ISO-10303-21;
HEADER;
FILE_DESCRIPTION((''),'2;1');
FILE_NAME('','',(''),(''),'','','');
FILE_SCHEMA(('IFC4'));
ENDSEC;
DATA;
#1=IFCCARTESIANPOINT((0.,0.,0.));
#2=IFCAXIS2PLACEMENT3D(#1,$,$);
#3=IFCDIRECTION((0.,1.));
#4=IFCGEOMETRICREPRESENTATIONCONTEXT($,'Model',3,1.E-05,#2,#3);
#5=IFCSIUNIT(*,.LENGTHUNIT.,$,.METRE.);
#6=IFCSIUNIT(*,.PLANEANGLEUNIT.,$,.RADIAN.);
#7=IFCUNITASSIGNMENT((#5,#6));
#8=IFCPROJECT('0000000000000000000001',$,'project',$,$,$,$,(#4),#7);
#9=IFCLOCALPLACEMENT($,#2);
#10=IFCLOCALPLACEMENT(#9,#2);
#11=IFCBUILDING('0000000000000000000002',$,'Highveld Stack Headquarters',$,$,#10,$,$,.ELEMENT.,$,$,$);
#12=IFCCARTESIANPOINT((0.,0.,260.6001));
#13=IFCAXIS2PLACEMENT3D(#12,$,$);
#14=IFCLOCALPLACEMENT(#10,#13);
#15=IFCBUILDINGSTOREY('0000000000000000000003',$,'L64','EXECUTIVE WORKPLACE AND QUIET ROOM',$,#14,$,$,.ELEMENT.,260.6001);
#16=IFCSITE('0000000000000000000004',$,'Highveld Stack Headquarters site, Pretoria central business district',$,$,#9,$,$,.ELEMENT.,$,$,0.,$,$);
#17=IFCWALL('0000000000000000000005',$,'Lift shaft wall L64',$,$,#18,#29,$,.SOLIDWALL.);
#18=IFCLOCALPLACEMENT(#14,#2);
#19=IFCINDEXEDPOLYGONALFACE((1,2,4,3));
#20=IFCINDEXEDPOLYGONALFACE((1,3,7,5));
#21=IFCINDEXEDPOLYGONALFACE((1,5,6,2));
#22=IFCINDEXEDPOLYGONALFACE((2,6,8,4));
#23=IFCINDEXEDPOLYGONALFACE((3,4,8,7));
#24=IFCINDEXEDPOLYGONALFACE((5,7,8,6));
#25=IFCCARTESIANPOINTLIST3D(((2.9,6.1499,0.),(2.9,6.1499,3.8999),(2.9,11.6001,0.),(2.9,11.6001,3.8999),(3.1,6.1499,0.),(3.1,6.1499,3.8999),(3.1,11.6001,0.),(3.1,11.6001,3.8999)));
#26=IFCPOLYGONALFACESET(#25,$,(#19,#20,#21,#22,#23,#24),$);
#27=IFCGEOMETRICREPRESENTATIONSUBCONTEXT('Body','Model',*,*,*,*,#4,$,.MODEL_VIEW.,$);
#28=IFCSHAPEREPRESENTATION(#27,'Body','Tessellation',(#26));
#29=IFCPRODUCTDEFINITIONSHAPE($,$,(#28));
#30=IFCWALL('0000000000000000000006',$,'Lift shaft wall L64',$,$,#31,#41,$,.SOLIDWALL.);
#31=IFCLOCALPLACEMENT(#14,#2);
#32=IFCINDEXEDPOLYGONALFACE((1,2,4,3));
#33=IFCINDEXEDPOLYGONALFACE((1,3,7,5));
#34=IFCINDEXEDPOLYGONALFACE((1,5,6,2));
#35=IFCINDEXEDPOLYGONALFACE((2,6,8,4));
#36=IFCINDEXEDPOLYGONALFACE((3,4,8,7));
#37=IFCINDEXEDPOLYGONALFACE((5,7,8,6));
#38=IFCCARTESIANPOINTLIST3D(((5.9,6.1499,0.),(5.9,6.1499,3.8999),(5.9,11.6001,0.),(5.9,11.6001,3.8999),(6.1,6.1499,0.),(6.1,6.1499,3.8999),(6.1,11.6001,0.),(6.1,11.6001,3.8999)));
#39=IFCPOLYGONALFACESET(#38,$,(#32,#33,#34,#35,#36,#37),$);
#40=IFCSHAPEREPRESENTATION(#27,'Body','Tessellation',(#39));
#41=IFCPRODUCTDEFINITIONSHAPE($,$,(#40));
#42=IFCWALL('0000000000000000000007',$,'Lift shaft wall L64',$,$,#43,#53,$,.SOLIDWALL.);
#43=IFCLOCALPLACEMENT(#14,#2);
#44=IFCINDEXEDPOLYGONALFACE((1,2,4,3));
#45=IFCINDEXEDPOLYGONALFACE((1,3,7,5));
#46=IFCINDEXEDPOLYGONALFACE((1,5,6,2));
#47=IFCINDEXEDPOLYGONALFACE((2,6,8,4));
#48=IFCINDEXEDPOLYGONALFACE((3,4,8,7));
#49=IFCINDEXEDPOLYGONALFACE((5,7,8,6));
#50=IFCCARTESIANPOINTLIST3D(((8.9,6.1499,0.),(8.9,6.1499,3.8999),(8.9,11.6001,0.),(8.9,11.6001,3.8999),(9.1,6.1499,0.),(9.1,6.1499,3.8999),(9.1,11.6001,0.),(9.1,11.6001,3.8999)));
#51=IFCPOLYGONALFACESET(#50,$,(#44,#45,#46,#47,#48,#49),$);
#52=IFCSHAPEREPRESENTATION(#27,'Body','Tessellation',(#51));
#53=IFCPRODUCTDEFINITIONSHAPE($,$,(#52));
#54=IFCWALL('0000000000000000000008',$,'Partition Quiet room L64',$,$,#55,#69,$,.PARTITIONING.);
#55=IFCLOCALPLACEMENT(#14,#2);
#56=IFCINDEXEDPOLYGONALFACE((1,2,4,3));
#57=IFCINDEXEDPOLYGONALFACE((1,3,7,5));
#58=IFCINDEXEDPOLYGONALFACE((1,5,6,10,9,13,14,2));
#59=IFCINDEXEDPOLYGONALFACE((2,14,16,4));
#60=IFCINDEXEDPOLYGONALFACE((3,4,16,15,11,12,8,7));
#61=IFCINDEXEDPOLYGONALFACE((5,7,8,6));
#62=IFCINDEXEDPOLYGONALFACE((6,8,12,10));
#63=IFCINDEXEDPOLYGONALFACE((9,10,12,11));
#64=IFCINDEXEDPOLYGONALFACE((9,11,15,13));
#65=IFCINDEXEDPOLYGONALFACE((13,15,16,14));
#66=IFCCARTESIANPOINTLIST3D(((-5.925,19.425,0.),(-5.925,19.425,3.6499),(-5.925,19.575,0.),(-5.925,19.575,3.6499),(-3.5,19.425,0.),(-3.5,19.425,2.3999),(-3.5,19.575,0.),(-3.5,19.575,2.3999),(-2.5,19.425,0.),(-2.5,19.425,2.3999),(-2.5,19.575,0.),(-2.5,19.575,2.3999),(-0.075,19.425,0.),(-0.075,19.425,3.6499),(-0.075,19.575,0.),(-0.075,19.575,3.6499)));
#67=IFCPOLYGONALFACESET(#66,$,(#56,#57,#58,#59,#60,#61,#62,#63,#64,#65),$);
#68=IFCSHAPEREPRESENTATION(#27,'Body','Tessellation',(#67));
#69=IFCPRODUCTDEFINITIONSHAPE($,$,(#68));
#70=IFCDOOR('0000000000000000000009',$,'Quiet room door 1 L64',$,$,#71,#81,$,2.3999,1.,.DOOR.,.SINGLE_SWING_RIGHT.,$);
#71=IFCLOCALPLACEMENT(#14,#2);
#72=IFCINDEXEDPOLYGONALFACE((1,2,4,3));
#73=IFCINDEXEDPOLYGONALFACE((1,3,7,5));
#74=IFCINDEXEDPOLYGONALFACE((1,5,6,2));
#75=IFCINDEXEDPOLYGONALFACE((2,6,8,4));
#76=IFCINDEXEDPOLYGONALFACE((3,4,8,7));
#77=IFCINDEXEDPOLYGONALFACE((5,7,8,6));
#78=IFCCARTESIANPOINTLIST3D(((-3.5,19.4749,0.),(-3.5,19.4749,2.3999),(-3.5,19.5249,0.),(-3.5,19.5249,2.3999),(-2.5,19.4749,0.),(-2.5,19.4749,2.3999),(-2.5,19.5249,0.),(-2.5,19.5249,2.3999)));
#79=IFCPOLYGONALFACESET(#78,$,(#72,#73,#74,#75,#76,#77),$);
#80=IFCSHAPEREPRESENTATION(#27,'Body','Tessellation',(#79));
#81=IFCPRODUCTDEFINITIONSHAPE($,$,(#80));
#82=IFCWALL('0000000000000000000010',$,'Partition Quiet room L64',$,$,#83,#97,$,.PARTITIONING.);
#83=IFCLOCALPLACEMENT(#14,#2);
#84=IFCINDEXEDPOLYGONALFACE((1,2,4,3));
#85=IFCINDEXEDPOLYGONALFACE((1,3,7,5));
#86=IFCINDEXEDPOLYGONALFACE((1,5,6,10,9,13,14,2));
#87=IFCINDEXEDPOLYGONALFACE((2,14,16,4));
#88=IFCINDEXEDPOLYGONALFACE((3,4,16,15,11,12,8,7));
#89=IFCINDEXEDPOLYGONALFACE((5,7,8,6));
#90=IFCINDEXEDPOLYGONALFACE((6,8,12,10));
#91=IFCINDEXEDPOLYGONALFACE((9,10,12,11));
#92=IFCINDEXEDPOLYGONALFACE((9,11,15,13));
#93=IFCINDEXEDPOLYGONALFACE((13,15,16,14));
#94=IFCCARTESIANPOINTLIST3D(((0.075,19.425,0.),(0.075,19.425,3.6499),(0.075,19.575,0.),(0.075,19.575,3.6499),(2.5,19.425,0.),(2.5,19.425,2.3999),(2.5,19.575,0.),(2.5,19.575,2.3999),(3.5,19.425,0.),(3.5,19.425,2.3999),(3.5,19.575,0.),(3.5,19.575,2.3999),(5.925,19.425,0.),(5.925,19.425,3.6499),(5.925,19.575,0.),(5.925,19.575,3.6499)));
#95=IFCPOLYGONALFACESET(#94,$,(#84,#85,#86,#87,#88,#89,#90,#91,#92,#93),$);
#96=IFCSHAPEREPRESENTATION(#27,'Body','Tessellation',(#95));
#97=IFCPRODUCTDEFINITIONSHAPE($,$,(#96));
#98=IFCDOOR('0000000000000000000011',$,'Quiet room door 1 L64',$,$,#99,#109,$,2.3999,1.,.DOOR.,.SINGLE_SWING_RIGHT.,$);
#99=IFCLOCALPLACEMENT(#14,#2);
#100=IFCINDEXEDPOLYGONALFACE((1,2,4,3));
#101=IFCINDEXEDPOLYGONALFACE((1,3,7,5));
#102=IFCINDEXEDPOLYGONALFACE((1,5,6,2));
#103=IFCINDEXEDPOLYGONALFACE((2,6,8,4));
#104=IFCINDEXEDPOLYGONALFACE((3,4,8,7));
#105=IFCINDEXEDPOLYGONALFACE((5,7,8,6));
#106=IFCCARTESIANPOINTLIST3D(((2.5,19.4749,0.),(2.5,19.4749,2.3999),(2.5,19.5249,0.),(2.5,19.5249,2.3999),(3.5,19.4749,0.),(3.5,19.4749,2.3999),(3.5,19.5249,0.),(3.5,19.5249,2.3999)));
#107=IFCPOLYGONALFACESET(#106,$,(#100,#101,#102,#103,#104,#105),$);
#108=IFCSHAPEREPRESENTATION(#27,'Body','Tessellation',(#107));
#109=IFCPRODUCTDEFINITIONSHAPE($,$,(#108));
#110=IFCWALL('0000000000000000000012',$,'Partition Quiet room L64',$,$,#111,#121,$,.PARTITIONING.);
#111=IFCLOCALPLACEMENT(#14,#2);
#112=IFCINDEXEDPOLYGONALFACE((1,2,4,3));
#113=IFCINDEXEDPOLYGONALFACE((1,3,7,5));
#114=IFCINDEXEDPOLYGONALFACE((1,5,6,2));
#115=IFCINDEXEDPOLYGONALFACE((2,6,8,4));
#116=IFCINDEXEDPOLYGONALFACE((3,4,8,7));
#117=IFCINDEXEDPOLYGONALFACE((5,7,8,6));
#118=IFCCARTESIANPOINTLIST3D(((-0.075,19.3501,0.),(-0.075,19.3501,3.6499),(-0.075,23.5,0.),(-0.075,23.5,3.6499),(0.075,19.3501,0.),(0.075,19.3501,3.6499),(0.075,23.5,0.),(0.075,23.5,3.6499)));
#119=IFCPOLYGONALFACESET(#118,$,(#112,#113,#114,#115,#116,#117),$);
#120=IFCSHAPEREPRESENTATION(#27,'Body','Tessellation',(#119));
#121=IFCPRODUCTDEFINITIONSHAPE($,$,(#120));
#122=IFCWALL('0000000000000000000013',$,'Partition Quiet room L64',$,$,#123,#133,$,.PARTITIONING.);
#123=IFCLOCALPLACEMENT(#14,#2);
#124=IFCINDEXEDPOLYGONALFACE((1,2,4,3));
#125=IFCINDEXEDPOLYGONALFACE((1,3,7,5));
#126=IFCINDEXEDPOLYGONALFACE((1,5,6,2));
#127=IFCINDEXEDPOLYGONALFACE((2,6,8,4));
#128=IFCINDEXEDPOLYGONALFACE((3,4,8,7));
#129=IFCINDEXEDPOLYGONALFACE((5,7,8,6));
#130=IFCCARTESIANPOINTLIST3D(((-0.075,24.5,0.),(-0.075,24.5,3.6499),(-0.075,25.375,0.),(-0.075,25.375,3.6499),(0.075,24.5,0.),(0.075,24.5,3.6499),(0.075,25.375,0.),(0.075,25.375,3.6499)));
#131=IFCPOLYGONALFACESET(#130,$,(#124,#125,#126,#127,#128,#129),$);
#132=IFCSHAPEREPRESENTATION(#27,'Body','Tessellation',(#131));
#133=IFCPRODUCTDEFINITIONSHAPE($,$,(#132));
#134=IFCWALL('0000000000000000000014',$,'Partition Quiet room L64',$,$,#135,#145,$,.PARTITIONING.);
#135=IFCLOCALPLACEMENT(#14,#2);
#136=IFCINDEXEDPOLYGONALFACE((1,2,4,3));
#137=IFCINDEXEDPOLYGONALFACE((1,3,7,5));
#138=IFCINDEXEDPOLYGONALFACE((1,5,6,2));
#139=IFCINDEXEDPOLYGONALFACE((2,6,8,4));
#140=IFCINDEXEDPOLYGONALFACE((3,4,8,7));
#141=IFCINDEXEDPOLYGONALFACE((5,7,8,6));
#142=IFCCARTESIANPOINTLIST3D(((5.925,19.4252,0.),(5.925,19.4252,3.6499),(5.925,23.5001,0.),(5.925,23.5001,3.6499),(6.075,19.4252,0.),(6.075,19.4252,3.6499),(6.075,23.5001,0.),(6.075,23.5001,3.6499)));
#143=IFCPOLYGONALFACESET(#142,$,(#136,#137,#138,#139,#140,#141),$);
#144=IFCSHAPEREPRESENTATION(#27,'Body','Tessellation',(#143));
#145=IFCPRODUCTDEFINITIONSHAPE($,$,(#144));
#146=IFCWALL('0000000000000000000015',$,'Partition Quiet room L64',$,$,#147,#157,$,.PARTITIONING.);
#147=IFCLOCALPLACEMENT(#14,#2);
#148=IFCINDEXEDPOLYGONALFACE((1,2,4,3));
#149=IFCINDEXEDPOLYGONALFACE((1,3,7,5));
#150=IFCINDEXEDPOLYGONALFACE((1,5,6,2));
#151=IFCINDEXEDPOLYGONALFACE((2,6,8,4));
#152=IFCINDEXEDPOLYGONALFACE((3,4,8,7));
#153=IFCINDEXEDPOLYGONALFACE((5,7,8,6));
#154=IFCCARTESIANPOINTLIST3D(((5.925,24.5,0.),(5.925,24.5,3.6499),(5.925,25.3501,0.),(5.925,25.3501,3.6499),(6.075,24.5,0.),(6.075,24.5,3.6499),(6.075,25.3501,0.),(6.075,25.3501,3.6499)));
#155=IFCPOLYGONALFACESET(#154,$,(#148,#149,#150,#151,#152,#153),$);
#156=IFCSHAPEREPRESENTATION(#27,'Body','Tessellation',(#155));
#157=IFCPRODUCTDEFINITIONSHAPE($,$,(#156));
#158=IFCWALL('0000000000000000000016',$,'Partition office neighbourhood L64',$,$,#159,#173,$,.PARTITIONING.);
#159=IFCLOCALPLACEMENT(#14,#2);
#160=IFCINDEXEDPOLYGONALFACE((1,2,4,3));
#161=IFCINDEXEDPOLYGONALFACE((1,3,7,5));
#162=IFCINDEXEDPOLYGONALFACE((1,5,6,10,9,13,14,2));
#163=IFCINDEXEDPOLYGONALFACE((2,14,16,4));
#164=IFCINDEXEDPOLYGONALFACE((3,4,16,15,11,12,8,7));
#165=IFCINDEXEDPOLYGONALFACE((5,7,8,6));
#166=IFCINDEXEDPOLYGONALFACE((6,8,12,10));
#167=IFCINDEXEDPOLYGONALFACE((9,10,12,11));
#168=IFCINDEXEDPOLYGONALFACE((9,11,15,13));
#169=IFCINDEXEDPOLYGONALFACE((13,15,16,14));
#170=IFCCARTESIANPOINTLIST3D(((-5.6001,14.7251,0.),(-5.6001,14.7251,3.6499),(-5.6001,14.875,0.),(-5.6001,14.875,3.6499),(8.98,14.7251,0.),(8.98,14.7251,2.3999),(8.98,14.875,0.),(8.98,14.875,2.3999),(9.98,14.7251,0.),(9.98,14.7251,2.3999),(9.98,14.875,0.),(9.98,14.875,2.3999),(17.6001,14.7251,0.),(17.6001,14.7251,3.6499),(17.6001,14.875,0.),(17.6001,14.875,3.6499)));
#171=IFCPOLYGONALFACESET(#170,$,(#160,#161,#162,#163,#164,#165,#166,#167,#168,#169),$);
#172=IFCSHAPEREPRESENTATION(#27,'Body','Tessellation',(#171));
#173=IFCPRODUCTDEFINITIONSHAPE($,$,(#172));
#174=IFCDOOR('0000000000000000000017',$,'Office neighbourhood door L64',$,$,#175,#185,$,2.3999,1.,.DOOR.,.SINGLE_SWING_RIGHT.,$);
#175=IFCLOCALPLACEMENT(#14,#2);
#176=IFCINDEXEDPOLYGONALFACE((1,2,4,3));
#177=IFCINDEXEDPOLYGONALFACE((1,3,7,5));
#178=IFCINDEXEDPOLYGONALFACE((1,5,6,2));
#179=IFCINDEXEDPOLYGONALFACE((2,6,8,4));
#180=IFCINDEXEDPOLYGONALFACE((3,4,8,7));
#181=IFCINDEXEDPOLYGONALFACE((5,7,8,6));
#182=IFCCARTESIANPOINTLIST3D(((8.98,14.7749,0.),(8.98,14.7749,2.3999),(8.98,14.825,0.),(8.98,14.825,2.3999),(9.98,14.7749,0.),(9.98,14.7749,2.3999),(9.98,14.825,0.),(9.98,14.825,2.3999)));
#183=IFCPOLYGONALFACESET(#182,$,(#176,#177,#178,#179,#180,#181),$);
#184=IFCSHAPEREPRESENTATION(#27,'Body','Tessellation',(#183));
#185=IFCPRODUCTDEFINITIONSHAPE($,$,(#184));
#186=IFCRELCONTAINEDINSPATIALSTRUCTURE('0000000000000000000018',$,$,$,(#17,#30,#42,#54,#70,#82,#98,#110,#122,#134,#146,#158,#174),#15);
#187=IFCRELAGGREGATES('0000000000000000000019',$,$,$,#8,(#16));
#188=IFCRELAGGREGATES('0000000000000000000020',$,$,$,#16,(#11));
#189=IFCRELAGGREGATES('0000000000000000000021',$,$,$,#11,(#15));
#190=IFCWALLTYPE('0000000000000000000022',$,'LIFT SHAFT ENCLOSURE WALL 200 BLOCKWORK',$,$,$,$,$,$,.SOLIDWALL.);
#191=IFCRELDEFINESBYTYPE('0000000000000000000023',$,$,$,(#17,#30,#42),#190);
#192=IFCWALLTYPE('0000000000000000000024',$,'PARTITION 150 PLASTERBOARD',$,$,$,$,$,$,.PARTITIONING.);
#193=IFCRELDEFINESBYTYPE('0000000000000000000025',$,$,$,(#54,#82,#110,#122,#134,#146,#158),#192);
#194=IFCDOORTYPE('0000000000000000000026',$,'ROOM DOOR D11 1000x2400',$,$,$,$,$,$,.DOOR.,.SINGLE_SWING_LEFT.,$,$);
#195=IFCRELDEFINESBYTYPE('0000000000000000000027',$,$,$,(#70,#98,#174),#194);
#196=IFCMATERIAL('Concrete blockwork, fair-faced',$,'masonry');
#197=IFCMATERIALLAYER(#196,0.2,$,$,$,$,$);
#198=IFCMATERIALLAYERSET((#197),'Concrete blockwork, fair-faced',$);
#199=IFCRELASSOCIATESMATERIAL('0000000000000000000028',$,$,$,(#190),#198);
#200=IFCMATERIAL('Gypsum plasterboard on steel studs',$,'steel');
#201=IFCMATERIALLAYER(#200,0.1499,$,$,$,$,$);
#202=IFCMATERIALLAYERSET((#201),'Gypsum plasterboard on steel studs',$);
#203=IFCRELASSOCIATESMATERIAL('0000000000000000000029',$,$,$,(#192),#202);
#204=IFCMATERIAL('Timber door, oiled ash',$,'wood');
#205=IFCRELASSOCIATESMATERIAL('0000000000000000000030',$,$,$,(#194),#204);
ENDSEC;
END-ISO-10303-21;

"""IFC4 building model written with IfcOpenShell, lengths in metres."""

from ifc_helpers import new_model, si_unit, direction, frame, frame_2d, origin, place, context, subcontext, project, spatial, rectangle, extrude, material, layer, layer_set, type_object, element, fill, save


model = new_model("IFC4")

# Units and contexts
model_context = context("Model", 3, precision=1e-05, world=origin(), true_north=direction((0.0, 1.0)))
body_context = subcontext(model_context, "Body", "Model", "MODEL_VIEW")
ifc_project = project(units=[si_unit("LENGTHUNIT", "METRE"), si_unit("PLANEANGLEUNIT", "RADIAN")], contexts=[model_context])

# Site, building, storey
site_placement = place(None, origin())
site = spatial("IfcSite", under=ifc_project, at=site_placement, Name="Highveld Stack Headquarters site, Pretoria central business district", CompositionType="ELEMENT", RefElevation=0.0)
building_placement = place(site_placement, origin())
building = spatial("IfcBuilding", under=site, at=building_placement, Name="Highveld Stack Headquarters", CompositionType="ELEMENT")
storey_placement = place(building_placement, frame((0.0, 0.0, 260.6001)))
storey = spatial("IfcBuildingStorey", under=building, at=storey_placement, Name="L64", Description="EXECUTIVE WORKPLACE AND QUIET ROOM", CompositionType="ELEMENT", Elevation=260.6001)

# Walls
ifc_material_1 = material(Name="Concrete blockwork, fair-faced", Category="masonry")
ifc_layer_1 = layer(ifc_material_1, 0.2)
ifc_layer_set_1 = layer_set([ifc_layer_1], Name="Concrete blockwork, fair-faced")
wall_type_1 = type_object("IfcWallType", Name="LIFT SHAFT ENCLOSURE WALL 200 BLOCKWORK", PredefinedType="SOLIDWALL", material=ifc_layer_set_1)
for number, where, z_axis, x_axis, name in (
    (1, (3.0, 6.1499, 0.0), (0.0, 0.0, 1.0), (0.0, 1.0, 0.0), "Lift shaft wall L64"),
    (2, (6.0, 6.1499, 0.0), (0.0, 0.0, 1.0), (0.0, 1.0, 0.0), "Lift shaft wall L64"),
    (3, (9.0, 6.1499, 0.0), (0.0, 0.0, 1.0), (0.0, 1.0, 0.0), "Lift shaft wall L64"),
):
    element("IfcWall", number, at=place(storey_placement, frame(where, z_axis=z_axis, x_axis=x_axis)), inside=storey, type_object=wall_type_1, Name=name, PredefinedType="SOLIDWALL", context=body_context, shape_type="SweptSolid", body=[
        extrude(rectangle(XDim=5.4502, YDim=0.2, at=frame_2d((2.7251, 0.0))), origin(), (0.0, 0.0, 1.0), 3.8999),
    ])

# Walls, openings, doors
ifc_material_2 = material(Name="Gypsum plasterboard on steel studs", Category="steel")
ifc_layer_2 = layer(ifc_material_2, 0.1499)
ifc_layer_set_2 = layer_set([ifc_layer_2], Name="Gypsum plasterboard on steel studs")
wall_type_2 = type_object("IfcWallType", Name="PARTITION 150 PLASTERBOARD", PredefinedType="PARTITIONING", material=ifc_layer_set_2)
wall_1_placement = place(storey_placement, frame((-5.925, 19.5, 0.0), z_axis=(0.0, 0.0, 1.0), x_axis=(1.0, 0.0, 0.0)))
wall_1 = element("IfcWall", 4, at=wall_1_placement, inside=storey, type_object=wall_type_2, Name="Partition Quiet room L64", PredefinedType="PARTITIONING", context=body_context, shape_type="SweptSolid", body=[
    extrude(rectangle(XDim=5.8501, YDim=0.1499, at=frame_2d((2.925, 0.0))), origin(), (0.0, 0.0, 1.0), 3.6499),
])
opening_1_placement = place(wall_1_placement, frame((2.425, 0.0, 0.0)))
opening_1 = element("IfcOpeningElement", 5, at=opening_1_placement, cuts=wall_1, PredefinedType="OPENING", context=body_context, shape_type="SweptSolid", body=[
    extrude(rectangle(XDim=1.0, YDim=2.3999, at=frame_2d((0.5, 1.2))), frame((0.0, 0.085, 0.0), z_axis=(0.0, -1.0, 0.0), x_axis=(1.0, 0.0, 0.0)), (0.0, 0.0, 1.0), 0.1699),
])
ifc_material_3 = material(Name="Timber door, oiled ash", Category="wood")
door_type_1 = type_object("IfcDoorType", Name="ROOM DOOR D11 1000x2400", OperationType="SINGLE_SWING_LEFT", PredefinedType="DOOR", material=ifc_material_3)
door_1_placement = place(opening_1_placement, origin())
door_1 = element("IfcDoor", 6, at=door_1_placement, inside=storey, type_object=door_type_1, Name="Quiet room door 1 L64", OperationType="SINGLE_SWING_RIGHT", OverallHeight=2.3999, OverallWidth=1.0, PredefinedType="DOOR", context=body_context, shape_type="SweptSolid", body=[
    extrude(rectangle(XDim=1.0, YDim=2.3999, at=frame_2d((0.5, 1.2))), frame((0.0, 0.0249, 0.0), z_axis=(0.0, -1.0, 0.0), x_axis=(1.0, 0.0, 0.0)), (0.0, 0.0, 1.0), 0.05),
])
fill(opening_1, door_1)
wall_2_placement = place(storey_placement, frame((0.075, 19.5, 0.0), z_axis=(0.0, 0.0, 1.0), x_axis=(1.0, 0.0, 0.0)))
wall_2 = element("IfcWall", 7, at=wall_2_placement, inside=storey, type_object=wall_type_2, Name="Partition Quiet room L64", PredefinedType="PARTITIONING", context=body_context, shape_type="SweptSolid", body=[
    extrude(rectangle(XDim=5.8501, YDim=0.1499, at=frame_2d((2.925, 0.0))), origin(), (0.0, 0.0, 1.0), 3.6499),
])
opening_2_placement = place(wall_2_placement, frame((2.425, 0.0, 0.0)))
opening_2 = element("IfcOpeningElement", 8, at=opening_2_placement, cuts=wall_2, PredefinedType="OPENING", context=body_context, shape_type="SweptSolid", body=[
    extrude(rectangle(XDim=1.0, YDim=2.3999, at=frame_2d((0.5, 1.2))), frame((0.0, 0.085, 0.0), z_axis=(0.0, -1.0, 0.0), x_axis=(1.0, 0.0, 0.0)), (0.0, 0.0, 1.0), 0.1699),
])
door_2_placement = place(opening_2_placement, origin())
door_2 = element("IfcDoor", 9, at=door_2_placement, inside=storey, type_object=door_type_1, Name="Quiet room door 1 L64", OperationType="SINGLE_SWING_RIGHT", OverallHeight=2.3999, OverallWidth=1.0, PredefinedType="DOOR", context=body_context, shape_type="SweptSolid", body=[
    extrude(rectangle(XDim=1.0, YDim=2.3999, at=frame_2d((0.5, 1.2))), frame((0.0, 0.0249, 0.0), z_axis=(0.0, -1.0, 0.0), x_axis=(1.0, 0.0, 0.0)), (0.0, 0.0, 1.0), 0.05),
])
fill(opening_2, door_2)

# Walls
wall_3_placement = place(storey_placement, frame((0.0, 19.3501, 0.0), z_axis=(0.0, 0.0, 1.0), x_axis=(0.0, 1.0, 0.0)))
element("IfcWall", 10, at=wall_3_placement, inside=storey, type_object=wall_type_2, Name="Partition Quiet room L64", PredefinedType="PARTITIONING", context=body_context, shape_type="SweptSolid", body=[
    extrude(rectangle(XDim=4.1499, YDim=0.1499, at=frame_2d((2.075, 0.0))), origin(), (0.0, 0.0, 1.0), 3.6499),
])
wall_4_placement = place(storey_placement, frame((0.0, 24.5, 0.0), z_axis=(0.0, 0.0, 1.0), x_axis=(0.0, 1.0, 0.0)))
element("IfcWall", 11, at=wall_4_placement, inside=storey, type_object=wall_type_2, Name="Partition Quiet room L64", PredefinedType="PARTITIONING", context=body_context, shape_type="SweptSolid", body=[
    extrude(rectangle(XDim=0.875, YDim=0.1499, at=frame_2d((0.4375, 0.0))), origin(), (0.0, 0.0, 1.0), 3.6499),
])
wall_5_placement = place(storey_placement, frame((6.0, 19.425, 0.0), z_axis=(0.0, 0.0, 1.0), x_axis=(0.0, 1.0, 0.0)))
element("IfcWall", 12, at=wall_5_placement, inside=storey, type_object=wall_type_2, Name="Partition Quiet room L64", PredefinedType="PARTITIONING", context=body_context, shape_type="SweptSolid", body=[
    extrude(rectangle(XDim=4.075, YDim=0.1499, at=frame_2d((2.0376, 0.0))), origin(), (0.0, 0.0, 1.0), 3.6499),
])
wall_6_placement = place(storey_placement, frame((6.0, 24.5, 0.0), z_axis=(0.0, 0.0, 1.0), x_axis=(0.0, 1.0, 0.0)))
element("IfcWall", 13, at=wall_6_placement, inside=storey, type_object=wall_type_2, Name="Partition Quiet room L64", PredefinedType="PARTITIONING", context=body_context, shape_type="SweptSolid", body=[
    extrude(rectangle(XDim=0.8501, YDim=0.1499, at=frame_2d((0.425, 0.0))), origin(), (0.0, 0.0, 1.0), 3.6499),
])

# Wall, opening, door
wall_7_placement = place(storey_placement, frame((-5.6001, 14.8, 0.0), z_axis=(0.0, 0.0, 1.0), x_axis=(1.0, 0.0, 0.0)))
wall_7 = element("IfcWall", 14, at=wall_7_placement, inside=storey, type_object=wall_type_2, Name="Partition office neighbourhood L64", PredefinedType="PARTITIONING", context=body_context, shape_type="SweptSolid", body=[
    extrude(rectangle(XDim=23.2002, YDim=0.1499, at=frame_2d((11.6001, 0.0))), origin(), (0.0, 0.0, 1.0), 3.6499),
])
opening_3_placement = place(wall_7_placement, frame((14.5801, 0.0, 0.0)))
opening_3 = element("IfcOpeningElement", 15, at=opening_3_placement, cuts=wall_7, PredefinedType="OPENING", context=body_context, shape_type="SweptSolid", body=[
    extrude(rectangle(XDim=1.0, YDim=2.3999, at=frame_2d((0.5, 1.2))), frame((0.0, 0.085, 0.0), z_axis=(0.0, -1.0, 0.0), x_axis=(1.0, 0.0, 0.0)), (0.0, 0.0, 1.0), 0.1699),
])
door_3_placement = place(opening_3_placement, origin())
door_3 = element("IfcDoor", 16, at=door_3_placement, inside=storey, type_object=door_type_1, Name="Office neighbourhood door L64", OperationType="SINGLE_SWING_RIGHT", OverallHeight=2.3999, OverallWidth=1.0, PredefinedType="DOOR", context=body_context, shape_type="SweptSolid", body=[
    extrude(rectangle(XDim=1.0, YDim=2.3999, at=frame_2d((0.5, 1.2))), frame((0.0, 0.0249, 0.0), z_axis=(0.0, -1.0, 0.0), x_axis=(1.0, 0.0, 0.0)), (0.0, 0.0, 1.0), 0.05),
])
fill(opening_3, door_3)

save(model, "model.ifc")
